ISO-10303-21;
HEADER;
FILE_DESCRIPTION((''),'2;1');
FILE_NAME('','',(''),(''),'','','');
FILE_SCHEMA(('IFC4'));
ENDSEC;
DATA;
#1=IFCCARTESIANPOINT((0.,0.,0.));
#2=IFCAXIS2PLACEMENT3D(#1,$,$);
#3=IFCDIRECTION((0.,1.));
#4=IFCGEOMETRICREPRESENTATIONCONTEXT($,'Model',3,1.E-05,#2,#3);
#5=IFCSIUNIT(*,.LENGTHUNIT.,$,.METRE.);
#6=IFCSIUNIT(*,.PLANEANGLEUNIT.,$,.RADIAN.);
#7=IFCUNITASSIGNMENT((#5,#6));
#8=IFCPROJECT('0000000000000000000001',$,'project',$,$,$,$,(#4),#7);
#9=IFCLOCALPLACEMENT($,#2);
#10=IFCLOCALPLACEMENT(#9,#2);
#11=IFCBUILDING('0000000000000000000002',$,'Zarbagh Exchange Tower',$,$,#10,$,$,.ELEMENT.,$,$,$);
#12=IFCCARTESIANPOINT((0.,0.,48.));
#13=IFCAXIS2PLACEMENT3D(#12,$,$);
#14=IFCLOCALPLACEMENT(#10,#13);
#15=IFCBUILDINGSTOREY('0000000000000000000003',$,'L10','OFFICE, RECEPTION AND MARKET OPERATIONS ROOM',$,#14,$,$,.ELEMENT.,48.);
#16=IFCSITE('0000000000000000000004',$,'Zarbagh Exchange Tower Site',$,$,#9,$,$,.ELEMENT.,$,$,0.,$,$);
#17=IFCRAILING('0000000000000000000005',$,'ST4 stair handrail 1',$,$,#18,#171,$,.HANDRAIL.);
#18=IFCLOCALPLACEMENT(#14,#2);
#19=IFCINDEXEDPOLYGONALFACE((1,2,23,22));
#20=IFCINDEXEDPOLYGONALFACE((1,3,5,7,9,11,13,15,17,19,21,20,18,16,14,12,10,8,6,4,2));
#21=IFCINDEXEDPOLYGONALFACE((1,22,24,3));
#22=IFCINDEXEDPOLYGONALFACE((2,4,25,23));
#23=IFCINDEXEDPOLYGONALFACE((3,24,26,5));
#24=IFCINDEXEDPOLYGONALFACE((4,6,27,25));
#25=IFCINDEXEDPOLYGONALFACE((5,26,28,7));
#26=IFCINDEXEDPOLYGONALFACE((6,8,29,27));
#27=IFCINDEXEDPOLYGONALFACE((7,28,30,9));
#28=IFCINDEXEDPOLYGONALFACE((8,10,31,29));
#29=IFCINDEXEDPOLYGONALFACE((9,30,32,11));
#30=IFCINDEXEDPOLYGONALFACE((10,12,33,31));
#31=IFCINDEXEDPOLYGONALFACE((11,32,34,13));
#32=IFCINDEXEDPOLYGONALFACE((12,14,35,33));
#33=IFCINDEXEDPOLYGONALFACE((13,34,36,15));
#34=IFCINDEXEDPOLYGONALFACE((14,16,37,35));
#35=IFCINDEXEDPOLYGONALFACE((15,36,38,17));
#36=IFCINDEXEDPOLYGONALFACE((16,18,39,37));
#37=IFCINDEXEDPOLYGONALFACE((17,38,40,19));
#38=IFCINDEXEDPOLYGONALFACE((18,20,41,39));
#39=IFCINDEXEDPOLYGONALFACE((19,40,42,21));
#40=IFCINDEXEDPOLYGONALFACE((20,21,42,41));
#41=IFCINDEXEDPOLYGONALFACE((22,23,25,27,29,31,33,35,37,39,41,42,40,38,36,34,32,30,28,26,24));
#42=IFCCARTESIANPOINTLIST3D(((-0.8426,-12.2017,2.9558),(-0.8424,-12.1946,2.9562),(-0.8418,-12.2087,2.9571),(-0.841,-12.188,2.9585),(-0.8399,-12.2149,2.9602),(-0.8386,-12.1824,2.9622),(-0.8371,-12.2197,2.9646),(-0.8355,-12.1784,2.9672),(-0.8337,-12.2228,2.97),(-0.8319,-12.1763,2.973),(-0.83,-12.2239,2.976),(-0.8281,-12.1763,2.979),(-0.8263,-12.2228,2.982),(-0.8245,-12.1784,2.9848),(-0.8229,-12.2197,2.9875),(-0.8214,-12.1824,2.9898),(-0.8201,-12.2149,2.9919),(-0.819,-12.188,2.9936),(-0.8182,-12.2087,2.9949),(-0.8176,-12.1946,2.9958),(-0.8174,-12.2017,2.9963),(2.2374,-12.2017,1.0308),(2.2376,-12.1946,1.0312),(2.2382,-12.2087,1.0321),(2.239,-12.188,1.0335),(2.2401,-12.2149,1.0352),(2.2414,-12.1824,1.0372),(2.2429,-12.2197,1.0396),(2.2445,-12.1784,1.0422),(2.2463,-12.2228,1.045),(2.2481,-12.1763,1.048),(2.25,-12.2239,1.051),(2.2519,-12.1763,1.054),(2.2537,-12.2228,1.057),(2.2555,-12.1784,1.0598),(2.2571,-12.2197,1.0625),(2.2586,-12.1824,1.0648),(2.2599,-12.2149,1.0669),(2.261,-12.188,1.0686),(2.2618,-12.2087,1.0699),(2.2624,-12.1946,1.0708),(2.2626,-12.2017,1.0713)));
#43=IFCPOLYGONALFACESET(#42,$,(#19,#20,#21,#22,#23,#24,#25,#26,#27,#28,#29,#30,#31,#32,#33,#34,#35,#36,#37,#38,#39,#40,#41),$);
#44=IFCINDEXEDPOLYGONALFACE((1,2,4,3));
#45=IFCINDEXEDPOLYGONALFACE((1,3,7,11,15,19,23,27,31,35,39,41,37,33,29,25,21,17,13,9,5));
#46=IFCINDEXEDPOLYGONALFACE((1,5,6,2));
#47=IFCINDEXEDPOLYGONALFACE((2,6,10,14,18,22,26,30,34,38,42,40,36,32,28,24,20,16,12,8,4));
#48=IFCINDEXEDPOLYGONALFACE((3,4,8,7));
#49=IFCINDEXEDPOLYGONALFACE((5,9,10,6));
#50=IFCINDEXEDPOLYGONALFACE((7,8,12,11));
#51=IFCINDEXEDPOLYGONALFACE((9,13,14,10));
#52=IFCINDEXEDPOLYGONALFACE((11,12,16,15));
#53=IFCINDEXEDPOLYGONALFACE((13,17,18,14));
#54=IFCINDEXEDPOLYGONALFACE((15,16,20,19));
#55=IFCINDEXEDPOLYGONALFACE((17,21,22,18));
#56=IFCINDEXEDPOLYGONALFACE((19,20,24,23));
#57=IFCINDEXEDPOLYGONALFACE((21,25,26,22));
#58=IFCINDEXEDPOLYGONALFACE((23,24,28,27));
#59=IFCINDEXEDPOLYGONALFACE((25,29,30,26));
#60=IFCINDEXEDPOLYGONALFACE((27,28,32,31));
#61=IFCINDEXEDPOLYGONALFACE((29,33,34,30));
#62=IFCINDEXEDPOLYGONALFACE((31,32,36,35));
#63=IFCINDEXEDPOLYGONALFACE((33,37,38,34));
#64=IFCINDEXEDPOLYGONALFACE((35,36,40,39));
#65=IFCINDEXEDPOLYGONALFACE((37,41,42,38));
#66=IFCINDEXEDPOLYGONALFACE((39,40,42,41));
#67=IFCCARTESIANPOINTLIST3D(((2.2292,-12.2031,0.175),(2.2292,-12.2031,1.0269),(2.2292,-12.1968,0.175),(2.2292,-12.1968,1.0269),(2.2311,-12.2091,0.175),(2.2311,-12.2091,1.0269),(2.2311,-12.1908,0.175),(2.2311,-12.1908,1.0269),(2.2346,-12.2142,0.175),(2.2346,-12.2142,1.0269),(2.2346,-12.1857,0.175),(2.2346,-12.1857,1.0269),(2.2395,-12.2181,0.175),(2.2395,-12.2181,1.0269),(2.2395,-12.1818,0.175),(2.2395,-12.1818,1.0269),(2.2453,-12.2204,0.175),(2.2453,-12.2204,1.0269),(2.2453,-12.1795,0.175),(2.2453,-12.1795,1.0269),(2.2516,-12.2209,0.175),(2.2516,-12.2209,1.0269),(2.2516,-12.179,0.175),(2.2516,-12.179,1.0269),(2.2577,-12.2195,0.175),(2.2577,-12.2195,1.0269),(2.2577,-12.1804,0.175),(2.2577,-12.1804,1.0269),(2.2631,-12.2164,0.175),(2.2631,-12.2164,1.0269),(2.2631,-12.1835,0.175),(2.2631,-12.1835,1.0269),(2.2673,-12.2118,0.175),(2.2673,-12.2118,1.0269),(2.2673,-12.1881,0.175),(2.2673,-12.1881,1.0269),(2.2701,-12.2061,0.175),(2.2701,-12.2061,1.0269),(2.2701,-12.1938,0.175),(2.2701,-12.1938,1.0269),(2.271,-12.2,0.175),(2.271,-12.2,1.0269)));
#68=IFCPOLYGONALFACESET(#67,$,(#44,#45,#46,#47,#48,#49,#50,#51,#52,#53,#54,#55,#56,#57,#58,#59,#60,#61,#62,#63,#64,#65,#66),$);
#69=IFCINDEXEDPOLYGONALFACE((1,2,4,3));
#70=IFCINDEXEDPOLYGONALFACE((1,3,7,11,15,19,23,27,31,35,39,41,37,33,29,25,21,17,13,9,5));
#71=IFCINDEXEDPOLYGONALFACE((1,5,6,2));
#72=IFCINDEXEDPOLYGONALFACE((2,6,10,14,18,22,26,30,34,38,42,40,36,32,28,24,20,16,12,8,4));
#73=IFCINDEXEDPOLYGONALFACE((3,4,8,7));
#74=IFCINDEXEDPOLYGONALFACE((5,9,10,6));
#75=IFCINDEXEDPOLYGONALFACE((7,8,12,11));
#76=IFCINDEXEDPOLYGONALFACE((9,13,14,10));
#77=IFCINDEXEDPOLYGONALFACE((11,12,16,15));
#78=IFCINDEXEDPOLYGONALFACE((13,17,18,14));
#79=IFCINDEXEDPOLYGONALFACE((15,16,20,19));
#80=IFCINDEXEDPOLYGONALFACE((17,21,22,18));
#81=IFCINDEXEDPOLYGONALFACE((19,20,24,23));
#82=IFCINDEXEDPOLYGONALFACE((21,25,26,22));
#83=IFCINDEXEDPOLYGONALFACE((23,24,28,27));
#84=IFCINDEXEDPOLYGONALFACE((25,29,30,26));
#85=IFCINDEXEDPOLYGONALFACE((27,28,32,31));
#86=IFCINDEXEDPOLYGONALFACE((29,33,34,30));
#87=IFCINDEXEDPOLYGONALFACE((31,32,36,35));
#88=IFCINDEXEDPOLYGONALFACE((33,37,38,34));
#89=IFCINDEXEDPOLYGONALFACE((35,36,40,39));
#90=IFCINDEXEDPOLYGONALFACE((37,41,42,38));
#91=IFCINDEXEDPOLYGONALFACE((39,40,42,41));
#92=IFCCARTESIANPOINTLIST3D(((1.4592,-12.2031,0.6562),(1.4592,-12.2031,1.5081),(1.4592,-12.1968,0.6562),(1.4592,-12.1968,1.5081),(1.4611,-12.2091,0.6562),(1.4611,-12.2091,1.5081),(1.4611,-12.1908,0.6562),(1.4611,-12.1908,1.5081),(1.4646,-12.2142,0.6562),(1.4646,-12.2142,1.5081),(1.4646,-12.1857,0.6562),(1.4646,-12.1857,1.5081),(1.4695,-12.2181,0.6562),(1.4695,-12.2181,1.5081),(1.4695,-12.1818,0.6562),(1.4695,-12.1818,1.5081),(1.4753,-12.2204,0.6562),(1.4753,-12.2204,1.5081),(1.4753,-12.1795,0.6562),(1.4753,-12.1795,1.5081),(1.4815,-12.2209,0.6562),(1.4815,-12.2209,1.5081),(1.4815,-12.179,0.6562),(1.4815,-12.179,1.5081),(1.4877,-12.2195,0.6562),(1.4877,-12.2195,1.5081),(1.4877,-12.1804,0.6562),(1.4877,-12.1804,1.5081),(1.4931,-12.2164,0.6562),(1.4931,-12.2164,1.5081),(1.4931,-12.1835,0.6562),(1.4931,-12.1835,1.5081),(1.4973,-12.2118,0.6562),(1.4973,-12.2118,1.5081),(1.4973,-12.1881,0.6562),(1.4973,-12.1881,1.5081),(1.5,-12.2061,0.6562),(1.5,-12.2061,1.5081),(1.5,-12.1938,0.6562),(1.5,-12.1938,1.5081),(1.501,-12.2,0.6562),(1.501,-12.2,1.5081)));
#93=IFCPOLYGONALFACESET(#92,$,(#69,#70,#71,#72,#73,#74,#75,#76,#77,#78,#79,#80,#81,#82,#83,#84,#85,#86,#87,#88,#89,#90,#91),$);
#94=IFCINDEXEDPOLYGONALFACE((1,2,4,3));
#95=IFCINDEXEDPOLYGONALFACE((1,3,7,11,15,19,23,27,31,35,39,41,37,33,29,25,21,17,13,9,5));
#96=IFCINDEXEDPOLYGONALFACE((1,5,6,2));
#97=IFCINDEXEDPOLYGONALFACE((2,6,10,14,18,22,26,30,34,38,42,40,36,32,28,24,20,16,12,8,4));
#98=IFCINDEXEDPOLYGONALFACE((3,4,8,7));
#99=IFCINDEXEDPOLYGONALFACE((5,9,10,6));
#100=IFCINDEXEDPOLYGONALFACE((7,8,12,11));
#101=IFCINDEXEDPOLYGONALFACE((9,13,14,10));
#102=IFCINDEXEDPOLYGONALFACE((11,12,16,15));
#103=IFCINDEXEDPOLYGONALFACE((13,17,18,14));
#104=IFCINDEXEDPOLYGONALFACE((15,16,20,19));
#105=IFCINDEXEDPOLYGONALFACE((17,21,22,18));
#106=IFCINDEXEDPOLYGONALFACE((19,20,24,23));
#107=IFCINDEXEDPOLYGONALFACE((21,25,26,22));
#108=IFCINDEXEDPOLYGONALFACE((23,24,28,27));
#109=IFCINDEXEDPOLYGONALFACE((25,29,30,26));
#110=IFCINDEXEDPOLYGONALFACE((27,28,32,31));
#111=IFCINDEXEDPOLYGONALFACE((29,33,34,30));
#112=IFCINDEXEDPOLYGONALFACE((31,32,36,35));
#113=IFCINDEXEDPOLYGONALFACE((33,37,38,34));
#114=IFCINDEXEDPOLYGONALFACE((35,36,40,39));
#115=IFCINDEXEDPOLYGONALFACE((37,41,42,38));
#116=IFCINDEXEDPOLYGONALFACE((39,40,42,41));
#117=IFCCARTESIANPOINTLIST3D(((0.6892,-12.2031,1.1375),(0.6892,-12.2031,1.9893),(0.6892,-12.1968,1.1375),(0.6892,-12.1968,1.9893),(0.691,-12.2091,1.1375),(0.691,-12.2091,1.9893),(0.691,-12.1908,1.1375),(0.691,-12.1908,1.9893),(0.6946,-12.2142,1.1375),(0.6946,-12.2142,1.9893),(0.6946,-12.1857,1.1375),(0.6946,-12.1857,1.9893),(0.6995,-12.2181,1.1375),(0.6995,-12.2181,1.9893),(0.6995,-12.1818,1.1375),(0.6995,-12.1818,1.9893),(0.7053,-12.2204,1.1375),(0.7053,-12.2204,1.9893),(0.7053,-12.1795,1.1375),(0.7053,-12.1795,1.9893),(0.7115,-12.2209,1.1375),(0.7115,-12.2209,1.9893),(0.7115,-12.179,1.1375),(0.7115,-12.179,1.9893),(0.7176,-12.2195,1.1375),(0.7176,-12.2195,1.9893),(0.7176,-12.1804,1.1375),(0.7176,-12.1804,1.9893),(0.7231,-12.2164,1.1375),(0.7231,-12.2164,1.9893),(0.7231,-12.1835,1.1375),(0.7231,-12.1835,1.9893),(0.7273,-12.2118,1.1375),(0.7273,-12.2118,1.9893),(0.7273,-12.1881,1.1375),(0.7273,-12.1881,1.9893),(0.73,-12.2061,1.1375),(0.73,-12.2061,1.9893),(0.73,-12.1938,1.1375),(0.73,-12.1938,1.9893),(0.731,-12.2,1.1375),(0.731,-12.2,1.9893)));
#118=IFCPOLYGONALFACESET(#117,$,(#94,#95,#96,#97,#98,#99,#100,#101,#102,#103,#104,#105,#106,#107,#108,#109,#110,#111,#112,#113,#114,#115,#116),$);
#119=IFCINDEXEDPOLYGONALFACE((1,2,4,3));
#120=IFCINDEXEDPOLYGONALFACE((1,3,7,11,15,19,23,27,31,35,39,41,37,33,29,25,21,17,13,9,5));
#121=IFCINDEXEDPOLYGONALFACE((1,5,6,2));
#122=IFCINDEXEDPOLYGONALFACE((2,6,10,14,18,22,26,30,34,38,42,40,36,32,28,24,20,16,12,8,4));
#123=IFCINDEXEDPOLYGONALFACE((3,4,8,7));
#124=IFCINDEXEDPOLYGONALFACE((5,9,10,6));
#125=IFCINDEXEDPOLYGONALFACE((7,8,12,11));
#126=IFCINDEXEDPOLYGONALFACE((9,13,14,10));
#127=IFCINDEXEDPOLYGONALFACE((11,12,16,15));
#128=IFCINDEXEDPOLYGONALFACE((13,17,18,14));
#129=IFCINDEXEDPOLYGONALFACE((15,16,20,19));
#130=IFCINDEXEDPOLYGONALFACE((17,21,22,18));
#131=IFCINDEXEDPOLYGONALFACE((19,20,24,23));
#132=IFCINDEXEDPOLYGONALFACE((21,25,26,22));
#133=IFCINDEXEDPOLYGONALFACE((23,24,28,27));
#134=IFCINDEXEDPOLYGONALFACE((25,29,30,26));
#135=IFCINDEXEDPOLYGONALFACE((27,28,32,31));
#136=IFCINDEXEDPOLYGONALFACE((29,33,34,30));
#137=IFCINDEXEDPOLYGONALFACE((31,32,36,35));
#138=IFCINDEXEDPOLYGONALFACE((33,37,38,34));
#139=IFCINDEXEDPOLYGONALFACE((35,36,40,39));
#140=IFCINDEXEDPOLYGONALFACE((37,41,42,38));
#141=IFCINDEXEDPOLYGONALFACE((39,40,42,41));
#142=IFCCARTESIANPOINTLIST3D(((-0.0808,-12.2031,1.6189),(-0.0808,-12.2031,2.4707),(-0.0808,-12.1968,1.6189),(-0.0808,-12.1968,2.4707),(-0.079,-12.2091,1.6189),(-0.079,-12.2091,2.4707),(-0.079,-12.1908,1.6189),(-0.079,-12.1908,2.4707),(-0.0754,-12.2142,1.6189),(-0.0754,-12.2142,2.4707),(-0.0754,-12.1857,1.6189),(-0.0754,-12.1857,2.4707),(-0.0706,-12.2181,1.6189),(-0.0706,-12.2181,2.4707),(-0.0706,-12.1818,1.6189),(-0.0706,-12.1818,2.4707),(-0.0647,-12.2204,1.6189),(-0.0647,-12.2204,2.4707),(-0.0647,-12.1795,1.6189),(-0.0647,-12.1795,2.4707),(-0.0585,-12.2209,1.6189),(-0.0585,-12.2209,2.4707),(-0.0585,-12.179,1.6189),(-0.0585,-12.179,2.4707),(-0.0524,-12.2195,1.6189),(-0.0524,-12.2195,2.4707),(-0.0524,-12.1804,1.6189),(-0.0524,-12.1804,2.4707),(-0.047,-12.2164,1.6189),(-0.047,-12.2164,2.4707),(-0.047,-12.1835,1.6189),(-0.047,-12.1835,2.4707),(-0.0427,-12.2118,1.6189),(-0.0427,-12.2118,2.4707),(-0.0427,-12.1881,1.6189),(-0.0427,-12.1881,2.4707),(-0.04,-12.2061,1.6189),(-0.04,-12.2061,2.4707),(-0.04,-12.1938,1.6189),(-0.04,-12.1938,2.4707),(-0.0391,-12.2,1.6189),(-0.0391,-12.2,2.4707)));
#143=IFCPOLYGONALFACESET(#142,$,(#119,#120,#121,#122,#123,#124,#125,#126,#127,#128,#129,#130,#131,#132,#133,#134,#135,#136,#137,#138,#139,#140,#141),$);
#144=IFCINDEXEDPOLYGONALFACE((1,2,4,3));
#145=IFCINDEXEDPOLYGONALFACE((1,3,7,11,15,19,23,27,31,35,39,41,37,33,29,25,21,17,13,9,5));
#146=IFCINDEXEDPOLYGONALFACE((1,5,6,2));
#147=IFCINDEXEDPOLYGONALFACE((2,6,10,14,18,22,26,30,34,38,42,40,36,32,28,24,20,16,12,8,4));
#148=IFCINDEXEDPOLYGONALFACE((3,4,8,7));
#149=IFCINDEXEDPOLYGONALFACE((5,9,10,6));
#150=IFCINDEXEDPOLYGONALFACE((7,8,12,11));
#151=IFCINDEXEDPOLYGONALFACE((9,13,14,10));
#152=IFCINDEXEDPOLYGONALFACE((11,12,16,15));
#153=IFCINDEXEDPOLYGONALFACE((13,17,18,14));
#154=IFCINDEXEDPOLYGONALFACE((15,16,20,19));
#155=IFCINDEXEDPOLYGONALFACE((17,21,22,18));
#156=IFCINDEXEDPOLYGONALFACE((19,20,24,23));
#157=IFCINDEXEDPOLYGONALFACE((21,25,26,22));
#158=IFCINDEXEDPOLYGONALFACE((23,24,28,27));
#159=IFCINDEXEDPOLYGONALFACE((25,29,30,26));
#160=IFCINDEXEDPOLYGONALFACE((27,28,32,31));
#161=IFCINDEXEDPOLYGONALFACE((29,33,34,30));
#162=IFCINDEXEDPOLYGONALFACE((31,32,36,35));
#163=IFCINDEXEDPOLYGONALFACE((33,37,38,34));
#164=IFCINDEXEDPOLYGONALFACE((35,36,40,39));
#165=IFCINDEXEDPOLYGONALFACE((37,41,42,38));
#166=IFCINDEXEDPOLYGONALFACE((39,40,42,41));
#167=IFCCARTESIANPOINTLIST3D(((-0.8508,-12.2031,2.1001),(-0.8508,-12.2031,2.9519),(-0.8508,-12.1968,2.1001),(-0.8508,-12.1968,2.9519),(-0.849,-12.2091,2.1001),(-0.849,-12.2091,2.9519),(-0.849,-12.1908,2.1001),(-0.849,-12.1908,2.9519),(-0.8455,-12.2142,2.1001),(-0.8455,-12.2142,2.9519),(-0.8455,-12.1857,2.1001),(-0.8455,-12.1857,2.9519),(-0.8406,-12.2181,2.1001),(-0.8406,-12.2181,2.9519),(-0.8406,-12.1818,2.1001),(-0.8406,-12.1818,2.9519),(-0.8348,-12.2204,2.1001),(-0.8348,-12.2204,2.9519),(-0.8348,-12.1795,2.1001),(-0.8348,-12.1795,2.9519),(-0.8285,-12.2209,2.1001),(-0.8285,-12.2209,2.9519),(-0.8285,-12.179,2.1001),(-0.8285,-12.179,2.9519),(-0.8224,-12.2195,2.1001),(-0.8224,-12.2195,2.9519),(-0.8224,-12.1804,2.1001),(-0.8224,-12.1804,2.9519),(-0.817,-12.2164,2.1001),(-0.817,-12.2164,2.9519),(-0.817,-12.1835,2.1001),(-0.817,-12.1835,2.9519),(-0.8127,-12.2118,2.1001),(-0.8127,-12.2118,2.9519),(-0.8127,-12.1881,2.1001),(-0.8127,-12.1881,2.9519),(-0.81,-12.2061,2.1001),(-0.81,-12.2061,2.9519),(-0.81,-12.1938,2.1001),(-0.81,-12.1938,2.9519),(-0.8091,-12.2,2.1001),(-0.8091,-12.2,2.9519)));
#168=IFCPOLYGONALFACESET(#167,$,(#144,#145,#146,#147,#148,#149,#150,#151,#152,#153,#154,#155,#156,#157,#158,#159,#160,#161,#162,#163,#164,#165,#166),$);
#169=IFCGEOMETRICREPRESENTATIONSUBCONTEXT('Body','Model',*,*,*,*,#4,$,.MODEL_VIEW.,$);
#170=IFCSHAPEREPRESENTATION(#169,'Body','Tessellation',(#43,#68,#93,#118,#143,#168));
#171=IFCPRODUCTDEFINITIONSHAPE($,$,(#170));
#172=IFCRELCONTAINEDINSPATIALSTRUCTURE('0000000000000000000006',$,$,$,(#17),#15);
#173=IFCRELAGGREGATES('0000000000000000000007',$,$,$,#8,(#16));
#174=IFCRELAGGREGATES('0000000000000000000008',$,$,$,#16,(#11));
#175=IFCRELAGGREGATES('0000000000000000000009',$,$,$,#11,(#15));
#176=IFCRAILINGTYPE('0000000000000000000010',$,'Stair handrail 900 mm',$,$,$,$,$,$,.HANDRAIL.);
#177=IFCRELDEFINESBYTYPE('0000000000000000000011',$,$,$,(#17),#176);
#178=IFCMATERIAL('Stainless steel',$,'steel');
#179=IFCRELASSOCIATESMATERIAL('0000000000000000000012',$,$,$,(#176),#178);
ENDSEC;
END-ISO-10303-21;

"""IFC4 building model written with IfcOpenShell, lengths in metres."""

from ifc_helpers import new_model, si_unit, direction, frame, origin, origin_2d, place, context, subcontext, project, spatial, circle, extrude, material, type_object, element, save


model = new_model("IFC4")

# Units and contexts
model_context = context("Model", 3, precision=1e-05, world=origin(), true_north=direction((0.0, 1.0)))
body_context = subcontext(model_context, "Body", "Model", "MODEL_VIEW")
ifc_project = project(units=[si_unit("LENGTHUNIT", "METRE"), si_unit("PLANEANGLEUNIT", "RADIAN")], contexts=[model_context])

# Site, building, storey
site_placement = place(None, origin())
site = spatial("IfcSite", under=ifc_project, at=site_placement, Name="Zarbagh Exchange Tower Site", CompositionType="ELEMENT", RefElevation=0.0)
building_placement = place(site_placement, origin())
building = spatial("IfcBuilding", under=site, at=building_placement, Name="Zarbagh Exchange Tower", CompositionType="ELEMENT")
storey_placement = place(building_placement, frame((0.0, 0.0, 48.0)))
storey = spatial("IfcBuildingStorey", under=building, at=storey_placement, Name="L10", Description="OFFICE, RECEPTION AND MARKET OPERATIONS ROOM", CompositionType="ELEMENT", Elevation=48.0)

# Railing
ifc_material_1 = material(Name="Stainless steel", Category="steel")
railing_type_1 = type_object("IfcRailingType", Name="Stair handrail 900 mm", PredefinedType="HANDRAIL", material=ifc_material_1)
for number, where, name in (
    (1, (2.25, -12.2, 0.175), "ST4 stair handrail 1"),
):
    element("IfcRailing", number, at=place(storey_placement, frame(where)), inside=storey, type_object=railing_type_1, Name=name, PredefinedType="HANDRAIL", context=body_context, shape_type="SweptSolid", body=[
        extrude(circle(Radius=0.0239, at=origin_2d()), frame((0.0, 0.0, 0.876), z_axis=(-0.847998, 0.0, 0.529999), x_axis=(0.0, -1.0, 0.0)), (0.0, 0.0, 1.0), 3.6321),
        extrude(circle(Radius=0.021, at=origin_2d()), origin(), (0.0, 0.0, 1.0), 0.8518),
        extrude(circle(Radius=0.021, at=origin_2d()), frame((-0.77, 0.0, 0.4812)), (0.0, 0.0, 1.0), 0.8518),
        extrude(circle(Radius=0.021, at=origin_2d()), frame((-1.54, 0.0, 0.9624)), (0.0, 0.0, 1.0), 0.8518),
        extrude(circle(Radius=0.021, at=origin_2d()), frame((-2.3101, 0.0, 1.4438)), (0.0, 0.0, 1.0), 0.8518),
        extrude(circle(Radius=0.021, at=origin_2d()), frame((-3.0801, 0.0, 1.925)), (0.0, 0.0, 1.0), 0.8518),
    ])

save(model, "model.ifc")
